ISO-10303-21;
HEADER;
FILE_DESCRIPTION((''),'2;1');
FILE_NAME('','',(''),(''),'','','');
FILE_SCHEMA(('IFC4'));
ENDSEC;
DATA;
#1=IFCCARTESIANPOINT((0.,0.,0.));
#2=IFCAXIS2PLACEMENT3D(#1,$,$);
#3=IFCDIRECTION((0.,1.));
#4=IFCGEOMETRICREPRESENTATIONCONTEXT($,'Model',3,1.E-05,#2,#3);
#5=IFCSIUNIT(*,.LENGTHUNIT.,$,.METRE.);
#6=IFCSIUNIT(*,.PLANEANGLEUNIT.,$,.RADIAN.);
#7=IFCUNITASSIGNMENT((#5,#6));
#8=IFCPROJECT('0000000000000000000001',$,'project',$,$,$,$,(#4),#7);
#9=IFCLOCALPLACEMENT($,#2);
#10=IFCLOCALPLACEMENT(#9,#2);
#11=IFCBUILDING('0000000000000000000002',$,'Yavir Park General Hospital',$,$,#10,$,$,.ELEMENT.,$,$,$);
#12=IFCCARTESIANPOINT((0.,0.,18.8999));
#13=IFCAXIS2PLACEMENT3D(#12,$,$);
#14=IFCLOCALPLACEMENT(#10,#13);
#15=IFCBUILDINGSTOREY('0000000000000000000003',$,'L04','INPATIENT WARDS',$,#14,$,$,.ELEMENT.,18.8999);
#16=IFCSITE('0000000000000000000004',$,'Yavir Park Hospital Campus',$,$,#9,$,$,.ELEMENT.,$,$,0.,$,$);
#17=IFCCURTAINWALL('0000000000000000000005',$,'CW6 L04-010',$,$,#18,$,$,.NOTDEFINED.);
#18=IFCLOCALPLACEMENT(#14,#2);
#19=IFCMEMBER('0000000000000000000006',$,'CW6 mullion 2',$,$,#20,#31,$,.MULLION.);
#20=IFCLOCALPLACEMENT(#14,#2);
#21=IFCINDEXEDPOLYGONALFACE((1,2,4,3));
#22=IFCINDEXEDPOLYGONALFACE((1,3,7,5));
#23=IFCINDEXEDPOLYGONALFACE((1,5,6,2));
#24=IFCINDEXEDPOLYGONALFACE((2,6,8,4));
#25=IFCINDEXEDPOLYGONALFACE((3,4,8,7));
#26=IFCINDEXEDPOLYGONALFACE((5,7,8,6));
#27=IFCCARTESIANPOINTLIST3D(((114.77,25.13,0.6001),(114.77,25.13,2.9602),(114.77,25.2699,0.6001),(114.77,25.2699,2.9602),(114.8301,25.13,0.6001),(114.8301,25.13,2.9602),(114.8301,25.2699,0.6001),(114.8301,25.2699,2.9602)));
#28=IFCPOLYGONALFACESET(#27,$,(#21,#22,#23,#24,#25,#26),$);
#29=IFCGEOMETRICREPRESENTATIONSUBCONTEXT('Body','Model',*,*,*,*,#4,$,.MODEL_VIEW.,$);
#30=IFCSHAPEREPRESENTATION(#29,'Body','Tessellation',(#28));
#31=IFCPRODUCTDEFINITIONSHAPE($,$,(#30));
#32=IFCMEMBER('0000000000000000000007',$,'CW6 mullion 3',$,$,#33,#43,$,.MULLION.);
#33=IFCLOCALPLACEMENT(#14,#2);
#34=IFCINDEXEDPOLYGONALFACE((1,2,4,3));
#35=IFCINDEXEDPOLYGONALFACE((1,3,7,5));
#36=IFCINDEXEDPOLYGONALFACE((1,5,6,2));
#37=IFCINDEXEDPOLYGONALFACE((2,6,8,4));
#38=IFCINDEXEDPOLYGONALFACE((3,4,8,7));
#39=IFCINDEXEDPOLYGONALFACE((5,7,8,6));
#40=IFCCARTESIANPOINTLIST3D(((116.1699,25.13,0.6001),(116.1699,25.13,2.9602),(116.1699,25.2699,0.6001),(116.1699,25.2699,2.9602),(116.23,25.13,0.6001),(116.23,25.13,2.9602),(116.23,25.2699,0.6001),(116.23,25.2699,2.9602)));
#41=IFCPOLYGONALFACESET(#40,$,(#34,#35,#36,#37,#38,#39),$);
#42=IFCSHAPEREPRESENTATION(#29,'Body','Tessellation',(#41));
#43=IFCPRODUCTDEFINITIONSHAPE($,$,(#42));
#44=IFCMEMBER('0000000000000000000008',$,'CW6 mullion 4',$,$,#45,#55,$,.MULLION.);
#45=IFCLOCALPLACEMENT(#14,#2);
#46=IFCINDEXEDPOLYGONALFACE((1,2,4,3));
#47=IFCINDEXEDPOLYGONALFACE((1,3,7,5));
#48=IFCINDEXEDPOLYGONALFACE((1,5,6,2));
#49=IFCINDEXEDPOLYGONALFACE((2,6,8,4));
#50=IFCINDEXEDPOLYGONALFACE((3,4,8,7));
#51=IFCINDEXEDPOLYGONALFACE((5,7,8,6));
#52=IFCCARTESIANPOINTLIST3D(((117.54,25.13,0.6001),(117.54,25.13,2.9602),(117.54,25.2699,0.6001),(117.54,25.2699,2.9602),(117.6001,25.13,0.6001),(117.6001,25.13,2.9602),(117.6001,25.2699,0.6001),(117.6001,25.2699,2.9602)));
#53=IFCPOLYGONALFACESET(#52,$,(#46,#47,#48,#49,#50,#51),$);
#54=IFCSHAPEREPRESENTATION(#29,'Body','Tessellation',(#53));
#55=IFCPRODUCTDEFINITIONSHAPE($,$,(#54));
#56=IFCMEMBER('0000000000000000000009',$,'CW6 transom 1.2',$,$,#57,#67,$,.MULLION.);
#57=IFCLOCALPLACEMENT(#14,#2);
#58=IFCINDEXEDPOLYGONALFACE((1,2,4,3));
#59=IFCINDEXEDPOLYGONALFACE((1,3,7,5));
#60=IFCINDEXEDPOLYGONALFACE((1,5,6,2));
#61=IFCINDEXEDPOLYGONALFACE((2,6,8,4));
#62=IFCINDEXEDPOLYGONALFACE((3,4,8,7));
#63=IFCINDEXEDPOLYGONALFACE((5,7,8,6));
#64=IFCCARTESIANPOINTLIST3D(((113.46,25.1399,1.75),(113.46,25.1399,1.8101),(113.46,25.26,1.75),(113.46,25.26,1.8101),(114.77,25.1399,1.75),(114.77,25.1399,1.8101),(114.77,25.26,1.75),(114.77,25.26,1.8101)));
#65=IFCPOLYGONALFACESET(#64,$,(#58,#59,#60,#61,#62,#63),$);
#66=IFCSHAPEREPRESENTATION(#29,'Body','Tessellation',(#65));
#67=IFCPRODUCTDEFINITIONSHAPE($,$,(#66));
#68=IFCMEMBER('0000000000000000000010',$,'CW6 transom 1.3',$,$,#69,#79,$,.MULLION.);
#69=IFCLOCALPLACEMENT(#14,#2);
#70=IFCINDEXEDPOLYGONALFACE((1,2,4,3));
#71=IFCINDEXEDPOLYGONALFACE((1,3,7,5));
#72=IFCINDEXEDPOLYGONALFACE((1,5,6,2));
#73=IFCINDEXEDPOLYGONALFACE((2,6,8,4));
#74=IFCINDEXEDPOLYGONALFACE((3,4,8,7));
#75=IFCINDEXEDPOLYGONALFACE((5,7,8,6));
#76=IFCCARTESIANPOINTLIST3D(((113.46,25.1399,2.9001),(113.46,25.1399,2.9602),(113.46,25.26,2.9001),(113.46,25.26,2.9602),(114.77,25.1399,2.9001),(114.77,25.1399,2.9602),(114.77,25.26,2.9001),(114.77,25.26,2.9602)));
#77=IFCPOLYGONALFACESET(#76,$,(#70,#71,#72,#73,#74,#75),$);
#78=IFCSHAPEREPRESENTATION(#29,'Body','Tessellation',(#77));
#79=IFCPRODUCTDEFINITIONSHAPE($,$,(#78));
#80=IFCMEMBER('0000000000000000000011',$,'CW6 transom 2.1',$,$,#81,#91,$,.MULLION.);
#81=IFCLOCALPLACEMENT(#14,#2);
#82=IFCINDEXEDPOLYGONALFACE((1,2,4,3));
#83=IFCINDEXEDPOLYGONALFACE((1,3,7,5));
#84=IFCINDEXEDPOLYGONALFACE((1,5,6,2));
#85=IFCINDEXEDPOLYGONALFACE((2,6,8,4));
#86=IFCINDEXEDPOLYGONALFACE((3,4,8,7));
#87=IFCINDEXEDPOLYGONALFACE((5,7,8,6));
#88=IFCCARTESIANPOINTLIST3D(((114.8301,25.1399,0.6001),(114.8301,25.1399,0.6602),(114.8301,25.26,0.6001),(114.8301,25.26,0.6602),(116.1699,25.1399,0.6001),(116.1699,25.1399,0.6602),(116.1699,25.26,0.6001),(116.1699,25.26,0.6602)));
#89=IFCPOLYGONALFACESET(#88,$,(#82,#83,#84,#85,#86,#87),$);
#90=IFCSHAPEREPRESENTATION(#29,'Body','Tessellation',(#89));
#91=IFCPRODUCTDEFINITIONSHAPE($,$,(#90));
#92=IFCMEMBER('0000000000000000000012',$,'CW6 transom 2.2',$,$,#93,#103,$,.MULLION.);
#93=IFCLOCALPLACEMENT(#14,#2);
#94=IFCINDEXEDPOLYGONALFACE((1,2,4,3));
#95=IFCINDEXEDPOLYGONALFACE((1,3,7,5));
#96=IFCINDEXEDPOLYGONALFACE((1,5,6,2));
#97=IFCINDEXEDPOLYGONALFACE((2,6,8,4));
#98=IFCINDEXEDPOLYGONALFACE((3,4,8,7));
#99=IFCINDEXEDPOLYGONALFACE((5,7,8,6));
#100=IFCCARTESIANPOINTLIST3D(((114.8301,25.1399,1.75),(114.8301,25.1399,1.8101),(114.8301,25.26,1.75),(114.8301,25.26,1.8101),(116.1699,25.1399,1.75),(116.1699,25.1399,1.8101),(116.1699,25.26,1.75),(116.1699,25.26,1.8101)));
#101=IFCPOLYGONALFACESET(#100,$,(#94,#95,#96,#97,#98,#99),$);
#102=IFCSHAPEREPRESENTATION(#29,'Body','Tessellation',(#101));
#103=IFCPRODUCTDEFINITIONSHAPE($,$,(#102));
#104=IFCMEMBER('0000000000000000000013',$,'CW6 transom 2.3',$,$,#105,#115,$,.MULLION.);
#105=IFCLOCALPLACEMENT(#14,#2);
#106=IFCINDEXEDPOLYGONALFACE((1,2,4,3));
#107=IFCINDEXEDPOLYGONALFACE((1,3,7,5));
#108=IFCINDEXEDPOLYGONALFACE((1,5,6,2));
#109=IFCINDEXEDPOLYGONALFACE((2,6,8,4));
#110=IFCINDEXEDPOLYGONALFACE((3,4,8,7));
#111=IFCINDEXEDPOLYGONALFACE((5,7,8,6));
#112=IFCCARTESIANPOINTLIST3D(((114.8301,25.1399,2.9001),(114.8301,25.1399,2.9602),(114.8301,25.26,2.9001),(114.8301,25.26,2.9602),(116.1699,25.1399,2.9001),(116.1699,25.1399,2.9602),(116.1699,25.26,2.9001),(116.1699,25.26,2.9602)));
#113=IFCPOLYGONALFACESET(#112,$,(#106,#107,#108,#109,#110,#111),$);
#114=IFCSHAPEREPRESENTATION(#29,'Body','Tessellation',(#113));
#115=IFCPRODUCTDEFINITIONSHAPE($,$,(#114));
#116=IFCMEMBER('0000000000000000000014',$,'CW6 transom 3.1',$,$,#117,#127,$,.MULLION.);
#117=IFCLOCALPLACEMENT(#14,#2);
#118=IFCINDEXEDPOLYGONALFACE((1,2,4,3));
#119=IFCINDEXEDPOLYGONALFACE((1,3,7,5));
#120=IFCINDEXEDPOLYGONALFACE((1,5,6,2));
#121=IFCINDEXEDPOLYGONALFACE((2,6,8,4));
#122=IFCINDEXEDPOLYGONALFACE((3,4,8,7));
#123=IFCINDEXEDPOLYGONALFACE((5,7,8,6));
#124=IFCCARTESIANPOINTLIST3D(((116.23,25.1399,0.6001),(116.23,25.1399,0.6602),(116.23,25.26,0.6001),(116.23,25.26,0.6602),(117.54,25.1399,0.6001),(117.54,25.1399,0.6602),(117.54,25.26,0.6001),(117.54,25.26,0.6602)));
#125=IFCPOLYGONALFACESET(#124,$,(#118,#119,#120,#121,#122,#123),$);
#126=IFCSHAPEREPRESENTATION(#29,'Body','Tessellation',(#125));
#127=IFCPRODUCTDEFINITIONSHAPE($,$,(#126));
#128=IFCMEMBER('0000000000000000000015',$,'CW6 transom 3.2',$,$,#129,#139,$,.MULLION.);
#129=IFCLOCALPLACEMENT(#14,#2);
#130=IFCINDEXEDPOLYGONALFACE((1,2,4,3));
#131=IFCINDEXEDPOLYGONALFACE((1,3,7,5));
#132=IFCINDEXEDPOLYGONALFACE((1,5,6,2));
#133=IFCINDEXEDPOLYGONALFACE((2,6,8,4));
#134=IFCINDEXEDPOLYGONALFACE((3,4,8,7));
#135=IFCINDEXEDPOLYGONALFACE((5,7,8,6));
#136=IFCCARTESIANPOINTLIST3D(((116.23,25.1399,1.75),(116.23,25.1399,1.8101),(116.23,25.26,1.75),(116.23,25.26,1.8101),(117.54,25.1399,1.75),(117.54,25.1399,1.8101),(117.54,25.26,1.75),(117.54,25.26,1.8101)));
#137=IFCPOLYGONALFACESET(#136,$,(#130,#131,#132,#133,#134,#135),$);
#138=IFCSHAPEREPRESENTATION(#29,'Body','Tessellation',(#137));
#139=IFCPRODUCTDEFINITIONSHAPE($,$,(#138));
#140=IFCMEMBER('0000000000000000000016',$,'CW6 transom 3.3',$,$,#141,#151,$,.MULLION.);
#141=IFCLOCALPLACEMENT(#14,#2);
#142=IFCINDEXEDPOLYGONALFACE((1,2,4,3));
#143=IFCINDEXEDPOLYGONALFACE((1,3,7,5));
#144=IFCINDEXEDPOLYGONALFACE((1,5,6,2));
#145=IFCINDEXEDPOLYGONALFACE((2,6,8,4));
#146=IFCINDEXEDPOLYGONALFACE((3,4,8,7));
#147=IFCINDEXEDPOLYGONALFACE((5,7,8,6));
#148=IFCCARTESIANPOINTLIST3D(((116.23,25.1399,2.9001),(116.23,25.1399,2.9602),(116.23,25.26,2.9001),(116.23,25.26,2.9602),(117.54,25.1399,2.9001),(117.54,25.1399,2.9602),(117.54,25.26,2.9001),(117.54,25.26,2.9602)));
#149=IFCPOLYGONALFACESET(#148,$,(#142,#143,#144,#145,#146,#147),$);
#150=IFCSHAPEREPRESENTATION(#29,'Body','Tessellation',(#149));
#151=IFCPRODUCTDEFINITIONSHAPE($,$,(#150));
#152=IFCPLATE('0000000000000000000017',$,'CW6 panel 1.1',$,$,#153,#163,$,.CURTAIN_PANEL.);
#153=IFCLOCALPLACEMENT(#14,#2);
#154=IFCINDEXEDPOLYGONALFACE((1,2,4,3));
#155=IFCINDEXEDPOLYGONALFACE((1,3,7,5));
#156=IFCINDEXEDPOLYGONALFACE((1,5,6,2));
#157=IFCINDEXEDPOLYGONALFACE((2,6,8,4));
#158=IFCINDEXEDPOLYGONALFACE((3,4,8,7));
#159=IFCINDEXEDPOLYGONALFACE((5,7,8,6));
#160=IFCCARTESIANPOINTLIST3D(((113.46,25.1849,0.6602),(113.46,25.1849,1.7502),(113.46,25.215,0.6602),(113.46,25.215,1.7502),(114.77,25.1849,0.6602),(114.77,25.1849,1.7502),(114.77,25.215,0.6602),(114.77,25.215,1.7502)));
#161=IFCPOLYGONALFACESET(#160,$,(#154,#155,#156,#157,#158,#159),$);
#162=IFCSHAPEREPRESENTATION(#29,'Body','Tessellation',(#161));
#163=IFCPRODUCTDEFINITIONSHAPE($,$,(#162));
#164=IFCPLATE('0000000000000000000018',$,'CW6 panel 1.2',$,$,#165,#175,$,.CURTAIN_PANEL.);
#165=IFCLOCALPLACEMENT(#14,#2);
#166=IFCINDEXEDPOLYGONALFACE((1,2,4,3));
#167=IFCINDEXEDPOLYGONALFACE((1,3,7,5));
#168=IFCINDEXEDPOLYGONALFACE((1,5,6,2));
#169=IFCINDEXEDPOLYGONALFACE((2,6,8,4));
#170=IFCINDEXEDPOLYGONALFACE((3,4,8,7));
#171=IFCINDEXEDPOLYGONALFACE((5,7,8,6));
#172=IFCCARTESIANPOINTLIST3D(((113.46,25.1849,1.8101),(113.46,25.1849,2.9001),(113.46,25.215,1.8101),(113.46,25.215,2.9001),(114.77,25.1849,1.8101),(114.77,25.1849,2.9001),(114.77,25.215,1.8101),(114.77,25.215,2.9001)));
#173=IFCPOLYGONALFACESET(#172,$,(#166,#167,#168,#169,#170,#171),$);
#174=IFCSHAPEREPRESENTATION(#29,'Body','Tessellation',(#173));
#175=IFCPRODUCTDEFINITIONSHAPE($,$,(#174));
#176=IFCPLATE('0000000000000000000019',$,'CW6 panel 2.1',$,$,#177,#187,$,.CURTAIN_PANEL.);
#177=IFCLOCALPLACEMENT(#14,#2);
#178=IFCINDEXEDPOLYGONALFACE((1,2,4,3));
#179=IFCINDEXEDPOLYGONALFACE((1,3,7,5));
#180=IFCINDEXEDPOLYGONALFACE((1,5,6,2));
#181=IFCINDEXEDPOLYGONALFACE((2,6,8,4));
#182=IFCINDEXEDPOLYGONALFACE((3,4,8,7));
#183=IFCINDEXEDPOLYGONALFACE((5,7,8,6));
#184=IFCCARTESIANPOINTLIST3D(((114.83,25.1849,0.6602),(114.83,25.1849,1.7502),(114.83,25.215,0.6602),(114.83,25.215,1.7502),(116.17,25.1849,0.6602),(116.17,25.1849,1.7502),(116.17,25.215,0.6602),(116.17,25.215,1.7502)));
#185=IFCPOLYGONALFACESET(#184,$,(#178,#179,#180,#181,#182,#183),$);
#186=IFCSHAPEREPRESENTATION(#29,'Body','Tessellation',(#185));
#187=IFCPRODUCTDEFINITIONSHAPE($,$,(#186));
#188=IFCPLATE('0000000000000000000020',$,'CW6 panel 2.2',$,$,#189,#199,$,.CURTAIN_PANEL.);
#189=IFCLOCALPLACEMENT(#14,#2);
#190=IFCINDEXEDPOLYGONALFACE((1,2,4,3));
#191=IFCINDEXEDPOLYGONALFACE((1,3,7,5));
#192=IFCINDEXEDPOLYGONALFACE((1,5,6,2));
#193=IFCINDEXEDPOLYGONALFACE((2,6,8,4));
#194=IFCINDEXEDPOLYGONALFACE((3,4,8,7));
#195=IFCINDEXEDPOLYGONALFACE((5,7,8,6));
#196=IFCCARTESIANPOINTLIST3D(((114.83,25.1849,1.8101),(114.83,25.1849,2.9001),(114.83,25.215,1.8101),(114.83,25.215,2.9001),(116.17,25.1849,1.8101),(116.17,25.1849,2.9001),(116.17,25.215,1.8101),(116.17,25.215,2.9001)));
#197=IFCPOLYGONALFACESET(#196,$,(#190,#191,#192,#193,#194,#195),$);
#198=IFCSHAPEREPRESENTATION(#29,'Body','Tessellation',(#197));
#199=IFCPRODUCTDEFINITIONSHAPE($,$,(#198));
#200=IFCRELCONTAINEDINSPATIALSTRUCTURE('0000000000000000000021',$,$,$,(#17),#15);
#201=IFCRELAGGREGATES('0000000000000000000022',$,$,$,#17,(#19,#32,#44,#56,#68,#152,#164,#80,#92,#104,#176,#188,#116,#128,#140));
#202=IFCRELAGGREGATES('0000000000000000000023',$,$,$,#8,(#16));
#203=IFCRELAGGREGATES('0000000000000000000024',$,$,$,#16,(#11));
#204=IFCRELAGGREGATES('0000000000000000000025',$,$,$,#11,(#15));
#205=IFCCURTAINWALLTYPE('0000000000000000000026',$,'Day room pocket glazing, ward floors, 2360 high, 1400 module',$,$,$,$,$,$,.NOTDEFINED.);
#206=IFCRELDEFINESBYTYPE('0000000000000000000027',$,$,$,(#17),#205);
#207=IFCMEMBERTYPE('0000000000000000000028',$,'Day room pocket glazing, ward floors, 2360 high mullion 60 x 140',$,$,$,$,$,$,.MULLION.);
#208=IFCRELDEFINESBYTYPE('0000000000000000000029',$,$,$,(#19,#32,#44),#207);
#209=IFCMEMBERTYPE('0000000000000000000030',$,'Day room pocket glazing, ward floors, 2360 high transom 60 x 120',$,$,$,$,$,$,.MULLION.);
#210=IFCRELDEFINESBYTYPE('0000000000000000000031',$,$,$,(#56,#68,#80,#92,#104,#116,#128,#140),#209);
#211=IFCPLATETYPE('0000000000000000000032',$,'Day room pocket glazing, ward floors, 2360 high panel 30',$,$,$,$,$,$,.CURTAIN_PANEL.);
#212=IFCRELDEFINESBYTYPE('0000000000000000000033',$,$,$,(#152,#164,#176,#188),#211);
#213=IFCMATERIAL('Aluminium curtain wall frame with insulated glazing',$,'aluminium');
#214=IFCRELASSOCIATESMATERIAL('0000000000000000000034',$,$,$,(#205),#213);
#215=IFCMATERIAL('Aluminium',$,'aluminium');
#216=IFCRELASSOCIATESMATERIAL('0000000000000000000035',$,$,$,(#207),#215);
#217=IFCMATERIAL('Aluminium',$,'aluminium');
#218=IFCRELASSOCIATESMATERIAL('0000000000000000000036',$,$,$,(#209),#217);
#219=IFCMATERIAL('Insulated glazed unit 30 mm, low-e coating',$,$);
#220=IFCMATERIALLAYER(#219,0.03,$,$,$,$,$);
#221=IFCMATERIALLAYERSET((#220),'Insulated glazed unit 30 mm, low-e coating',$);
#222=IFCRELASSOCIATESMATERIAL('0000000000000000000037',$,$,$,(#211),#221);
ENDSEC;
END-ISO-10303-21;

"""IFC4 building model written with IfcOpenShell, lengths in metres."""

from ifc_helpers import new_model, si_unit, direction, frame, origin, origin_2d, place, context, subcontext, project, spatial, rectangle, extrude, material, layer, layer_set, material_profile, profile_set, type_object, element, aggregate, save


model = new_model("IFC4")

# Units and contexts
model_context = context("Model", 3, precision=1e-05, world=origin(), true_north=direction((0.0, 1.0)))
body_context = subcontext(model_context, "Body", "Model", "MODEL_VIEW")
ifc_project = project(units=[si_unit("LENGTHUNIT", "METRE"), si_unit("PLANEANGLEUNIT", "RADIAN")], contexts=[model_context])

# Site, building, storey
site_placement = place(None, origin())
site = spatial("IfcSite", under=ifc_project, at=site_placement, Name="Yavir Park Hospital Campus", CompositionType="ELEMENT", RefElevation=0.0)
building_placement = place(site_placement, origin())
building = spatial("IfcBuilding", under=site, at=building_placement, Name="Yavir Park General Hospital", CompositionType="ELEMENT")
storey_placement = place(building_placement, frame((0.0, 0.0, 18.8999)))
storey = spatial("IfcBuildingStorey", under=building, at=storey_placement, Name="L04", Description="INPATIENT WARDS", CompositionType="ELEMENT", Elevation=18.8999)

# Curtain wall, members, plates
ifc_material_1 = material(Name="Aluminium curtain wall frame with insulated glazing", Category="aluminium")
curtain_wall_type = type_object("IfcCurtainWallType", Name="Day room pocket glazing, ward floors, 2360 high, 1400 module", PredefinedType="NOTDEFINED", material=ifc_material_1)
curtain_wall_placement = place(storey_placement, origin())
curtain_wall = element("IfcCurtainWall", 1, at=curtain_wall_placement, inside=storey, type_object=curtain_wall_type, Name="CW6 L04-010", PredefinedType="NOTDEFINED")
ifc_material_2 = material(Name="Aluminium", Category="aluminium")
ifc_material_profile_1 = material_profile(ifc_material_2, rectangle(XDim=0.1399, YDim=0.0601, at=origin_2d()), Name="AL 60x140")
ifc_profile_set_1 = profile_set([ifc_material_profile_1], Name="Aluminium")
member_type_1 = type_object("IfcMemberType", Name="Day room pocket glazing, ward floors, 2360 high mullion 60 x 140", PredefinedType="MULLION", material=ifc_profile_set_1)
member_1_placement = place(storey_placement, frame((114.8, 25.2, 0.6001), z_axis=(0.0, 0.0, 1.0), x_axis=(0.0, 1.0, 0.0)))
member_1 = element("IfcMember", 2, at=member_1_placement, type_object=member_type_1, Name="CW6 mullion 2", PredefinedType="MULLION", context=body_context, shape_type="SweptSolid", body=[
    extrude(rectangle(XDim=0.1399, YDim=0.0601, at=origin_2d()), origin(), (0.0, 0.0, 1.0), 2.3601),
])
member_2_placement = place(storey_placement, frame((116.2, 25.2, 0.6001), z_axis=(0.0, 0.0, 1.0), x_axis=(0.0, 1.0, 0.0)))
member_2 = element("IfcMember", 3, at=member_2_placement, type_object=member_type_1, Name="CW6 mullion 3", PredefinedType="MULLION", context=body_context, shape_type="SweptSolid", body=[
    extrude(rectangle(XDim=0.1399, YDim=0.0601, at=origin_2d()), origin(), (0.0, 0.0, 1.0), 2.3601),
])
member_3_placement = place(storey_placement, frame((117.5701, 25.2, 0.6001), z_axis=(0.0, 0.0, 1.0), x_axis=(0.0, 1.0, 0.0)))
member_3 = element("IfcMember", 4, at=member_3_placement, type_object=member_type_1, Name="CW6 mullion 4", PredefinedType="MULLION", context=body_context, shape_type="SweptSolid", body=[
    extrude(rectangle(XDim=0.1399, YDim=0.0601, at=origin_2d()), origin(), (0.0, 0.0, 1.0), 2.3601),
])
ifc_material_3 = material(Name="Aluminium", Category="aluminium")
ifc_material_profile_2 = material_profile(ifc_material_3, rectangle(XDim=0.1201, YDim=0.0601, at=origin_2d()), Name="AL 120x60")
ifc_profile_set_2 = profile_set([ifc_material_profile_2], Name="Aluminium")
member_type_2 = type_object("IfcMemberType", Name="Day room pocket glazing, ward floors, 2360 high transom 60 x 120", PredefinedType="MULLION", material=ifc_profile_set_2)
member_4_placement = place(storey_placement, frame((113.46, 25.2, 1.78), z_axis=(1.0, 0.0, 0.0), x_axis=(0.0, 1.0, 0.0)))
member_4 = element("IfcMember", 5, at=member_4_placement, type_object=member_type_2, Name="CW6 transom 1.2", PredefinedType="MULLION", context=body_context, shape_type="SweptSolid", body=[
    extrude(rectangle(XDim=0.1201, YDim=0.0601, at=origin_2d()), origin(), (0.0, 0.0, 1.0), 1.3101),
])
member_5_placement = place(storey_placement, frame((113.46, 25.2, 2.9302), z_axis=(1.0, 0.0, 0.0), x_axis=(0.0, 1.0, 0.0)))
member_5 = element("IfcMember", 6, at=member_5_placement, type_object=member_type_2, Name="CW6 transom 1.3", PredefinedType="MULLION", context=body_context, shape_type="SweptSolid", body=[
    extrude(rectangle(XDim=0.1201, YDim=0.0601, at=origin_2d()), origin(), (0.0, 0.0, 1.0), 1.3101),
])
member_6_placement = place(storey_placement, frame((114.8301, 25.2, 0.6301), z_axis=(1.0, 0.0, 0.0), x_axis=(0.0, 1.0, 0.0)))
member_6 = element("IfcMember", 7, at=member_6_placement, type_object=member_type_2, Name="CW6 transom 2.1", PredefinedType="MULLION", context=body_context, shape_type="SweptSolid", body=[
    extrude(rectangle(XDim=0.1201, YDim=0.0601, at=origin_2d()), origin(), (0.0, 0.0, 1.0), 1.3398),
])
member_7_placement = place(storey_placement, frame((114.8301, 25.2, 1.78), z_axis=(1.0, 0.0, 0.0), x_axis=(0.0, 1.0, 0.0)))
member_7 = element("IfcMember", 8, at=member_7_placement, type_object=member_type_2, Name="CW6 transom 2.2", PredefinedType="MULLION", context=body_context, shape_type="SweptSolid", body=[
    extrude(rectangle(XDim=0.1201, YDim=0.0601, at=origin_2d()), origin(), (0.0, 0.0, 1.0), 1.3398),
])
member_8_placement = place(storey_placement, frame((114.8301, 25.2, 2.9302), z_axis=(1.0, 0.0, 0.0), x_axis=(0.0, 1.0, 0.0)))
member_8 = element("IfcMember", 9, at=member_8_placement, type_object=member_type_2, Name="CW6 transom 2.3", PredefinedType="MULLION", context=body_context, shape_type="SweptSolid", body=[
    extrude(rectangle(XDim=0.1201, YDim=0.0601, at=origin_2d()), origin(), (0.0, 0.0, 1.0), 1.3398),
])
member_9_placement = place(storey_placement, frame((116.23, 25.2, 0.6301), z_axis=(1.0, 0.0, 0.0), x_axis=(0.0, 1.0, 0.0)))
member_9 = element("IfcMember", 10, at=member_9_placement, type_object=member_type_2, Name="CW6 transom 3.1", PredefinedType="MULLION", context=body_context, shape_type="SweptSolid", body=[
    extrude(rectangle(XDim=0.1201, YDim=0.0601, at=origin_2d()), origin(), (0.0, 0.0, 1.0), 1.3101),
])
member_10_placement = place(storey_placement, frame((116.23, 25.2, 1.78), z_axis=(1.0, 0.0, 0.0), x_axis=(0.0, 1.0, 0.0)))
member_10 = element("IfcMember", 11, at=member_10_placement, type_object=member_type_2, Name="CW6 transom 3.2", PredefinedType="MULLION", context=body_context, shape_type="SweptSolid", body=[
    extrude(rectangle(XDim=0.1201, YDim=0.0601, at=origin_2d()), origin(), (0.0, 0.0, 1.0), 1.3101),
])
member_11_placement = place(storey_placement, frame((116.23, 25.2, 2.9302), z_axis=(1.0, 0.0, 0.0), x_axis=(0.0, 1.0, 0.0)))
member_11 = element("IfcMember", 12, at=member_11_placement, type_object=member_type_2, Name="CW6 transom 3.3", PredefinedType="MULLION", context=body_context, shape_type="SweptSolid", body=[
    extrude(rectangle(XDim=0.1201, YDim=0.0601, at=origin_2d()), origin(), (0.0, 0.0, 1.0), 1.3101),
])
ifc_material_4 = material(Name="Insulated glazed unit 30 mm, low-e coating")
ifc_layer_1 = layer(ifc_material_4, 0.03)
ifc_layer_set_1 = layer_set([ifc_layer_1], Name="Insulated glazed unit 30 mm, low-e coating")
plate_type = type_object("IfcPlateType", Name="Day room pocket glazing, ward floors, 2360 high panel 30", PredefinedType="CURTAIN_PANEL", material=ifc_layer_set_1)
plate_1_placement = place(storey_placement, frame((114.115, 25.2, 0.6602), z_axis=(0.0, 0.0, 1.0), x_axis=(1.0, 0.0, 0.0)))
plate_1 = element("IfcPlate", 13, at=plate_1_placement, type_object=plate_type, Name="CW6 panel 1.1", PredefinedType="CURTAIN_PANEL", context=body_context, shape_type="SweptSolid", body=[
    extrude(rectangle(XDim=1.3101, YDim=0.03, at=origin_2d()), origin(), (0.0, 0.0, 1.0), 1.0901),
])
plate_2_placement = place(storey_placement, frame((114.115, 25.2, 1.8101), z_axis=(0.0, 0.0, 1.0), x_axis=(1.0, 0.0, 0.0)))
plate_2 = element("IfcPlate", 14, at=plate_2_placement, type_object=plate_type, Name="CW6 panel 1.2", PredefinedType="CURTAIN_PANEL", context=body_context, shape_type="SweptSolid", body=[
    extrude(rectangle(XDim=1.3101, YDim=0.03, at=origin_2d()), origin(), (0.0, 0.0, 1.0), 1.0901),
])
plate_3_placement = place(storey_placement, frame((115.5, 25.2, 0.6602), z_axis=(0.0, 0.0, 1.0), x_axis=(1.0, 0.0, 0.0)))
plate_3 = element("IfcPlate", 15, at=plate_3_placement, type_object=plate_type, Name="CW6 panel 2.1", PredefinedType="CURTAIN_PANEL", context=body_context, shape_type="SweptSolid", body=[
    extrude(rectangle(XDim=1.3401, YDim=0.03, at=origin_2d()), origin(), (0.0, 0.0, 1.0), 1.0901),
])
plate_4_placement = place(storey_placement, frame((115.5, 25.2, 1.8101), z_axis=(0.0, 0.0, 1.0), x_axis=(1.0, 0.0, 0.0)))
plate_4 = element("IfcPlate", 16, at=plate_4_placement, type_object=plate_type, Name="CW6 panel 2.2", PredefinedType="CURTAIN_PANEL", context=body_context, shape_type="SweptSolid", body=[
    extrude(rectangle(XDim=1.3401, YDim=0.03, at=origin_2d()), origin(), (0.0, 0.0, 1.0), 1.0901),
])
aggregate(curtain_wall, [member_1, member_2, member_3, member_4, member_5, plate_1, plate_2, member_6, member_7, member_8, plate_3, plate_4, member_9, member_10, member_11])

save(model, "model.ifc")
